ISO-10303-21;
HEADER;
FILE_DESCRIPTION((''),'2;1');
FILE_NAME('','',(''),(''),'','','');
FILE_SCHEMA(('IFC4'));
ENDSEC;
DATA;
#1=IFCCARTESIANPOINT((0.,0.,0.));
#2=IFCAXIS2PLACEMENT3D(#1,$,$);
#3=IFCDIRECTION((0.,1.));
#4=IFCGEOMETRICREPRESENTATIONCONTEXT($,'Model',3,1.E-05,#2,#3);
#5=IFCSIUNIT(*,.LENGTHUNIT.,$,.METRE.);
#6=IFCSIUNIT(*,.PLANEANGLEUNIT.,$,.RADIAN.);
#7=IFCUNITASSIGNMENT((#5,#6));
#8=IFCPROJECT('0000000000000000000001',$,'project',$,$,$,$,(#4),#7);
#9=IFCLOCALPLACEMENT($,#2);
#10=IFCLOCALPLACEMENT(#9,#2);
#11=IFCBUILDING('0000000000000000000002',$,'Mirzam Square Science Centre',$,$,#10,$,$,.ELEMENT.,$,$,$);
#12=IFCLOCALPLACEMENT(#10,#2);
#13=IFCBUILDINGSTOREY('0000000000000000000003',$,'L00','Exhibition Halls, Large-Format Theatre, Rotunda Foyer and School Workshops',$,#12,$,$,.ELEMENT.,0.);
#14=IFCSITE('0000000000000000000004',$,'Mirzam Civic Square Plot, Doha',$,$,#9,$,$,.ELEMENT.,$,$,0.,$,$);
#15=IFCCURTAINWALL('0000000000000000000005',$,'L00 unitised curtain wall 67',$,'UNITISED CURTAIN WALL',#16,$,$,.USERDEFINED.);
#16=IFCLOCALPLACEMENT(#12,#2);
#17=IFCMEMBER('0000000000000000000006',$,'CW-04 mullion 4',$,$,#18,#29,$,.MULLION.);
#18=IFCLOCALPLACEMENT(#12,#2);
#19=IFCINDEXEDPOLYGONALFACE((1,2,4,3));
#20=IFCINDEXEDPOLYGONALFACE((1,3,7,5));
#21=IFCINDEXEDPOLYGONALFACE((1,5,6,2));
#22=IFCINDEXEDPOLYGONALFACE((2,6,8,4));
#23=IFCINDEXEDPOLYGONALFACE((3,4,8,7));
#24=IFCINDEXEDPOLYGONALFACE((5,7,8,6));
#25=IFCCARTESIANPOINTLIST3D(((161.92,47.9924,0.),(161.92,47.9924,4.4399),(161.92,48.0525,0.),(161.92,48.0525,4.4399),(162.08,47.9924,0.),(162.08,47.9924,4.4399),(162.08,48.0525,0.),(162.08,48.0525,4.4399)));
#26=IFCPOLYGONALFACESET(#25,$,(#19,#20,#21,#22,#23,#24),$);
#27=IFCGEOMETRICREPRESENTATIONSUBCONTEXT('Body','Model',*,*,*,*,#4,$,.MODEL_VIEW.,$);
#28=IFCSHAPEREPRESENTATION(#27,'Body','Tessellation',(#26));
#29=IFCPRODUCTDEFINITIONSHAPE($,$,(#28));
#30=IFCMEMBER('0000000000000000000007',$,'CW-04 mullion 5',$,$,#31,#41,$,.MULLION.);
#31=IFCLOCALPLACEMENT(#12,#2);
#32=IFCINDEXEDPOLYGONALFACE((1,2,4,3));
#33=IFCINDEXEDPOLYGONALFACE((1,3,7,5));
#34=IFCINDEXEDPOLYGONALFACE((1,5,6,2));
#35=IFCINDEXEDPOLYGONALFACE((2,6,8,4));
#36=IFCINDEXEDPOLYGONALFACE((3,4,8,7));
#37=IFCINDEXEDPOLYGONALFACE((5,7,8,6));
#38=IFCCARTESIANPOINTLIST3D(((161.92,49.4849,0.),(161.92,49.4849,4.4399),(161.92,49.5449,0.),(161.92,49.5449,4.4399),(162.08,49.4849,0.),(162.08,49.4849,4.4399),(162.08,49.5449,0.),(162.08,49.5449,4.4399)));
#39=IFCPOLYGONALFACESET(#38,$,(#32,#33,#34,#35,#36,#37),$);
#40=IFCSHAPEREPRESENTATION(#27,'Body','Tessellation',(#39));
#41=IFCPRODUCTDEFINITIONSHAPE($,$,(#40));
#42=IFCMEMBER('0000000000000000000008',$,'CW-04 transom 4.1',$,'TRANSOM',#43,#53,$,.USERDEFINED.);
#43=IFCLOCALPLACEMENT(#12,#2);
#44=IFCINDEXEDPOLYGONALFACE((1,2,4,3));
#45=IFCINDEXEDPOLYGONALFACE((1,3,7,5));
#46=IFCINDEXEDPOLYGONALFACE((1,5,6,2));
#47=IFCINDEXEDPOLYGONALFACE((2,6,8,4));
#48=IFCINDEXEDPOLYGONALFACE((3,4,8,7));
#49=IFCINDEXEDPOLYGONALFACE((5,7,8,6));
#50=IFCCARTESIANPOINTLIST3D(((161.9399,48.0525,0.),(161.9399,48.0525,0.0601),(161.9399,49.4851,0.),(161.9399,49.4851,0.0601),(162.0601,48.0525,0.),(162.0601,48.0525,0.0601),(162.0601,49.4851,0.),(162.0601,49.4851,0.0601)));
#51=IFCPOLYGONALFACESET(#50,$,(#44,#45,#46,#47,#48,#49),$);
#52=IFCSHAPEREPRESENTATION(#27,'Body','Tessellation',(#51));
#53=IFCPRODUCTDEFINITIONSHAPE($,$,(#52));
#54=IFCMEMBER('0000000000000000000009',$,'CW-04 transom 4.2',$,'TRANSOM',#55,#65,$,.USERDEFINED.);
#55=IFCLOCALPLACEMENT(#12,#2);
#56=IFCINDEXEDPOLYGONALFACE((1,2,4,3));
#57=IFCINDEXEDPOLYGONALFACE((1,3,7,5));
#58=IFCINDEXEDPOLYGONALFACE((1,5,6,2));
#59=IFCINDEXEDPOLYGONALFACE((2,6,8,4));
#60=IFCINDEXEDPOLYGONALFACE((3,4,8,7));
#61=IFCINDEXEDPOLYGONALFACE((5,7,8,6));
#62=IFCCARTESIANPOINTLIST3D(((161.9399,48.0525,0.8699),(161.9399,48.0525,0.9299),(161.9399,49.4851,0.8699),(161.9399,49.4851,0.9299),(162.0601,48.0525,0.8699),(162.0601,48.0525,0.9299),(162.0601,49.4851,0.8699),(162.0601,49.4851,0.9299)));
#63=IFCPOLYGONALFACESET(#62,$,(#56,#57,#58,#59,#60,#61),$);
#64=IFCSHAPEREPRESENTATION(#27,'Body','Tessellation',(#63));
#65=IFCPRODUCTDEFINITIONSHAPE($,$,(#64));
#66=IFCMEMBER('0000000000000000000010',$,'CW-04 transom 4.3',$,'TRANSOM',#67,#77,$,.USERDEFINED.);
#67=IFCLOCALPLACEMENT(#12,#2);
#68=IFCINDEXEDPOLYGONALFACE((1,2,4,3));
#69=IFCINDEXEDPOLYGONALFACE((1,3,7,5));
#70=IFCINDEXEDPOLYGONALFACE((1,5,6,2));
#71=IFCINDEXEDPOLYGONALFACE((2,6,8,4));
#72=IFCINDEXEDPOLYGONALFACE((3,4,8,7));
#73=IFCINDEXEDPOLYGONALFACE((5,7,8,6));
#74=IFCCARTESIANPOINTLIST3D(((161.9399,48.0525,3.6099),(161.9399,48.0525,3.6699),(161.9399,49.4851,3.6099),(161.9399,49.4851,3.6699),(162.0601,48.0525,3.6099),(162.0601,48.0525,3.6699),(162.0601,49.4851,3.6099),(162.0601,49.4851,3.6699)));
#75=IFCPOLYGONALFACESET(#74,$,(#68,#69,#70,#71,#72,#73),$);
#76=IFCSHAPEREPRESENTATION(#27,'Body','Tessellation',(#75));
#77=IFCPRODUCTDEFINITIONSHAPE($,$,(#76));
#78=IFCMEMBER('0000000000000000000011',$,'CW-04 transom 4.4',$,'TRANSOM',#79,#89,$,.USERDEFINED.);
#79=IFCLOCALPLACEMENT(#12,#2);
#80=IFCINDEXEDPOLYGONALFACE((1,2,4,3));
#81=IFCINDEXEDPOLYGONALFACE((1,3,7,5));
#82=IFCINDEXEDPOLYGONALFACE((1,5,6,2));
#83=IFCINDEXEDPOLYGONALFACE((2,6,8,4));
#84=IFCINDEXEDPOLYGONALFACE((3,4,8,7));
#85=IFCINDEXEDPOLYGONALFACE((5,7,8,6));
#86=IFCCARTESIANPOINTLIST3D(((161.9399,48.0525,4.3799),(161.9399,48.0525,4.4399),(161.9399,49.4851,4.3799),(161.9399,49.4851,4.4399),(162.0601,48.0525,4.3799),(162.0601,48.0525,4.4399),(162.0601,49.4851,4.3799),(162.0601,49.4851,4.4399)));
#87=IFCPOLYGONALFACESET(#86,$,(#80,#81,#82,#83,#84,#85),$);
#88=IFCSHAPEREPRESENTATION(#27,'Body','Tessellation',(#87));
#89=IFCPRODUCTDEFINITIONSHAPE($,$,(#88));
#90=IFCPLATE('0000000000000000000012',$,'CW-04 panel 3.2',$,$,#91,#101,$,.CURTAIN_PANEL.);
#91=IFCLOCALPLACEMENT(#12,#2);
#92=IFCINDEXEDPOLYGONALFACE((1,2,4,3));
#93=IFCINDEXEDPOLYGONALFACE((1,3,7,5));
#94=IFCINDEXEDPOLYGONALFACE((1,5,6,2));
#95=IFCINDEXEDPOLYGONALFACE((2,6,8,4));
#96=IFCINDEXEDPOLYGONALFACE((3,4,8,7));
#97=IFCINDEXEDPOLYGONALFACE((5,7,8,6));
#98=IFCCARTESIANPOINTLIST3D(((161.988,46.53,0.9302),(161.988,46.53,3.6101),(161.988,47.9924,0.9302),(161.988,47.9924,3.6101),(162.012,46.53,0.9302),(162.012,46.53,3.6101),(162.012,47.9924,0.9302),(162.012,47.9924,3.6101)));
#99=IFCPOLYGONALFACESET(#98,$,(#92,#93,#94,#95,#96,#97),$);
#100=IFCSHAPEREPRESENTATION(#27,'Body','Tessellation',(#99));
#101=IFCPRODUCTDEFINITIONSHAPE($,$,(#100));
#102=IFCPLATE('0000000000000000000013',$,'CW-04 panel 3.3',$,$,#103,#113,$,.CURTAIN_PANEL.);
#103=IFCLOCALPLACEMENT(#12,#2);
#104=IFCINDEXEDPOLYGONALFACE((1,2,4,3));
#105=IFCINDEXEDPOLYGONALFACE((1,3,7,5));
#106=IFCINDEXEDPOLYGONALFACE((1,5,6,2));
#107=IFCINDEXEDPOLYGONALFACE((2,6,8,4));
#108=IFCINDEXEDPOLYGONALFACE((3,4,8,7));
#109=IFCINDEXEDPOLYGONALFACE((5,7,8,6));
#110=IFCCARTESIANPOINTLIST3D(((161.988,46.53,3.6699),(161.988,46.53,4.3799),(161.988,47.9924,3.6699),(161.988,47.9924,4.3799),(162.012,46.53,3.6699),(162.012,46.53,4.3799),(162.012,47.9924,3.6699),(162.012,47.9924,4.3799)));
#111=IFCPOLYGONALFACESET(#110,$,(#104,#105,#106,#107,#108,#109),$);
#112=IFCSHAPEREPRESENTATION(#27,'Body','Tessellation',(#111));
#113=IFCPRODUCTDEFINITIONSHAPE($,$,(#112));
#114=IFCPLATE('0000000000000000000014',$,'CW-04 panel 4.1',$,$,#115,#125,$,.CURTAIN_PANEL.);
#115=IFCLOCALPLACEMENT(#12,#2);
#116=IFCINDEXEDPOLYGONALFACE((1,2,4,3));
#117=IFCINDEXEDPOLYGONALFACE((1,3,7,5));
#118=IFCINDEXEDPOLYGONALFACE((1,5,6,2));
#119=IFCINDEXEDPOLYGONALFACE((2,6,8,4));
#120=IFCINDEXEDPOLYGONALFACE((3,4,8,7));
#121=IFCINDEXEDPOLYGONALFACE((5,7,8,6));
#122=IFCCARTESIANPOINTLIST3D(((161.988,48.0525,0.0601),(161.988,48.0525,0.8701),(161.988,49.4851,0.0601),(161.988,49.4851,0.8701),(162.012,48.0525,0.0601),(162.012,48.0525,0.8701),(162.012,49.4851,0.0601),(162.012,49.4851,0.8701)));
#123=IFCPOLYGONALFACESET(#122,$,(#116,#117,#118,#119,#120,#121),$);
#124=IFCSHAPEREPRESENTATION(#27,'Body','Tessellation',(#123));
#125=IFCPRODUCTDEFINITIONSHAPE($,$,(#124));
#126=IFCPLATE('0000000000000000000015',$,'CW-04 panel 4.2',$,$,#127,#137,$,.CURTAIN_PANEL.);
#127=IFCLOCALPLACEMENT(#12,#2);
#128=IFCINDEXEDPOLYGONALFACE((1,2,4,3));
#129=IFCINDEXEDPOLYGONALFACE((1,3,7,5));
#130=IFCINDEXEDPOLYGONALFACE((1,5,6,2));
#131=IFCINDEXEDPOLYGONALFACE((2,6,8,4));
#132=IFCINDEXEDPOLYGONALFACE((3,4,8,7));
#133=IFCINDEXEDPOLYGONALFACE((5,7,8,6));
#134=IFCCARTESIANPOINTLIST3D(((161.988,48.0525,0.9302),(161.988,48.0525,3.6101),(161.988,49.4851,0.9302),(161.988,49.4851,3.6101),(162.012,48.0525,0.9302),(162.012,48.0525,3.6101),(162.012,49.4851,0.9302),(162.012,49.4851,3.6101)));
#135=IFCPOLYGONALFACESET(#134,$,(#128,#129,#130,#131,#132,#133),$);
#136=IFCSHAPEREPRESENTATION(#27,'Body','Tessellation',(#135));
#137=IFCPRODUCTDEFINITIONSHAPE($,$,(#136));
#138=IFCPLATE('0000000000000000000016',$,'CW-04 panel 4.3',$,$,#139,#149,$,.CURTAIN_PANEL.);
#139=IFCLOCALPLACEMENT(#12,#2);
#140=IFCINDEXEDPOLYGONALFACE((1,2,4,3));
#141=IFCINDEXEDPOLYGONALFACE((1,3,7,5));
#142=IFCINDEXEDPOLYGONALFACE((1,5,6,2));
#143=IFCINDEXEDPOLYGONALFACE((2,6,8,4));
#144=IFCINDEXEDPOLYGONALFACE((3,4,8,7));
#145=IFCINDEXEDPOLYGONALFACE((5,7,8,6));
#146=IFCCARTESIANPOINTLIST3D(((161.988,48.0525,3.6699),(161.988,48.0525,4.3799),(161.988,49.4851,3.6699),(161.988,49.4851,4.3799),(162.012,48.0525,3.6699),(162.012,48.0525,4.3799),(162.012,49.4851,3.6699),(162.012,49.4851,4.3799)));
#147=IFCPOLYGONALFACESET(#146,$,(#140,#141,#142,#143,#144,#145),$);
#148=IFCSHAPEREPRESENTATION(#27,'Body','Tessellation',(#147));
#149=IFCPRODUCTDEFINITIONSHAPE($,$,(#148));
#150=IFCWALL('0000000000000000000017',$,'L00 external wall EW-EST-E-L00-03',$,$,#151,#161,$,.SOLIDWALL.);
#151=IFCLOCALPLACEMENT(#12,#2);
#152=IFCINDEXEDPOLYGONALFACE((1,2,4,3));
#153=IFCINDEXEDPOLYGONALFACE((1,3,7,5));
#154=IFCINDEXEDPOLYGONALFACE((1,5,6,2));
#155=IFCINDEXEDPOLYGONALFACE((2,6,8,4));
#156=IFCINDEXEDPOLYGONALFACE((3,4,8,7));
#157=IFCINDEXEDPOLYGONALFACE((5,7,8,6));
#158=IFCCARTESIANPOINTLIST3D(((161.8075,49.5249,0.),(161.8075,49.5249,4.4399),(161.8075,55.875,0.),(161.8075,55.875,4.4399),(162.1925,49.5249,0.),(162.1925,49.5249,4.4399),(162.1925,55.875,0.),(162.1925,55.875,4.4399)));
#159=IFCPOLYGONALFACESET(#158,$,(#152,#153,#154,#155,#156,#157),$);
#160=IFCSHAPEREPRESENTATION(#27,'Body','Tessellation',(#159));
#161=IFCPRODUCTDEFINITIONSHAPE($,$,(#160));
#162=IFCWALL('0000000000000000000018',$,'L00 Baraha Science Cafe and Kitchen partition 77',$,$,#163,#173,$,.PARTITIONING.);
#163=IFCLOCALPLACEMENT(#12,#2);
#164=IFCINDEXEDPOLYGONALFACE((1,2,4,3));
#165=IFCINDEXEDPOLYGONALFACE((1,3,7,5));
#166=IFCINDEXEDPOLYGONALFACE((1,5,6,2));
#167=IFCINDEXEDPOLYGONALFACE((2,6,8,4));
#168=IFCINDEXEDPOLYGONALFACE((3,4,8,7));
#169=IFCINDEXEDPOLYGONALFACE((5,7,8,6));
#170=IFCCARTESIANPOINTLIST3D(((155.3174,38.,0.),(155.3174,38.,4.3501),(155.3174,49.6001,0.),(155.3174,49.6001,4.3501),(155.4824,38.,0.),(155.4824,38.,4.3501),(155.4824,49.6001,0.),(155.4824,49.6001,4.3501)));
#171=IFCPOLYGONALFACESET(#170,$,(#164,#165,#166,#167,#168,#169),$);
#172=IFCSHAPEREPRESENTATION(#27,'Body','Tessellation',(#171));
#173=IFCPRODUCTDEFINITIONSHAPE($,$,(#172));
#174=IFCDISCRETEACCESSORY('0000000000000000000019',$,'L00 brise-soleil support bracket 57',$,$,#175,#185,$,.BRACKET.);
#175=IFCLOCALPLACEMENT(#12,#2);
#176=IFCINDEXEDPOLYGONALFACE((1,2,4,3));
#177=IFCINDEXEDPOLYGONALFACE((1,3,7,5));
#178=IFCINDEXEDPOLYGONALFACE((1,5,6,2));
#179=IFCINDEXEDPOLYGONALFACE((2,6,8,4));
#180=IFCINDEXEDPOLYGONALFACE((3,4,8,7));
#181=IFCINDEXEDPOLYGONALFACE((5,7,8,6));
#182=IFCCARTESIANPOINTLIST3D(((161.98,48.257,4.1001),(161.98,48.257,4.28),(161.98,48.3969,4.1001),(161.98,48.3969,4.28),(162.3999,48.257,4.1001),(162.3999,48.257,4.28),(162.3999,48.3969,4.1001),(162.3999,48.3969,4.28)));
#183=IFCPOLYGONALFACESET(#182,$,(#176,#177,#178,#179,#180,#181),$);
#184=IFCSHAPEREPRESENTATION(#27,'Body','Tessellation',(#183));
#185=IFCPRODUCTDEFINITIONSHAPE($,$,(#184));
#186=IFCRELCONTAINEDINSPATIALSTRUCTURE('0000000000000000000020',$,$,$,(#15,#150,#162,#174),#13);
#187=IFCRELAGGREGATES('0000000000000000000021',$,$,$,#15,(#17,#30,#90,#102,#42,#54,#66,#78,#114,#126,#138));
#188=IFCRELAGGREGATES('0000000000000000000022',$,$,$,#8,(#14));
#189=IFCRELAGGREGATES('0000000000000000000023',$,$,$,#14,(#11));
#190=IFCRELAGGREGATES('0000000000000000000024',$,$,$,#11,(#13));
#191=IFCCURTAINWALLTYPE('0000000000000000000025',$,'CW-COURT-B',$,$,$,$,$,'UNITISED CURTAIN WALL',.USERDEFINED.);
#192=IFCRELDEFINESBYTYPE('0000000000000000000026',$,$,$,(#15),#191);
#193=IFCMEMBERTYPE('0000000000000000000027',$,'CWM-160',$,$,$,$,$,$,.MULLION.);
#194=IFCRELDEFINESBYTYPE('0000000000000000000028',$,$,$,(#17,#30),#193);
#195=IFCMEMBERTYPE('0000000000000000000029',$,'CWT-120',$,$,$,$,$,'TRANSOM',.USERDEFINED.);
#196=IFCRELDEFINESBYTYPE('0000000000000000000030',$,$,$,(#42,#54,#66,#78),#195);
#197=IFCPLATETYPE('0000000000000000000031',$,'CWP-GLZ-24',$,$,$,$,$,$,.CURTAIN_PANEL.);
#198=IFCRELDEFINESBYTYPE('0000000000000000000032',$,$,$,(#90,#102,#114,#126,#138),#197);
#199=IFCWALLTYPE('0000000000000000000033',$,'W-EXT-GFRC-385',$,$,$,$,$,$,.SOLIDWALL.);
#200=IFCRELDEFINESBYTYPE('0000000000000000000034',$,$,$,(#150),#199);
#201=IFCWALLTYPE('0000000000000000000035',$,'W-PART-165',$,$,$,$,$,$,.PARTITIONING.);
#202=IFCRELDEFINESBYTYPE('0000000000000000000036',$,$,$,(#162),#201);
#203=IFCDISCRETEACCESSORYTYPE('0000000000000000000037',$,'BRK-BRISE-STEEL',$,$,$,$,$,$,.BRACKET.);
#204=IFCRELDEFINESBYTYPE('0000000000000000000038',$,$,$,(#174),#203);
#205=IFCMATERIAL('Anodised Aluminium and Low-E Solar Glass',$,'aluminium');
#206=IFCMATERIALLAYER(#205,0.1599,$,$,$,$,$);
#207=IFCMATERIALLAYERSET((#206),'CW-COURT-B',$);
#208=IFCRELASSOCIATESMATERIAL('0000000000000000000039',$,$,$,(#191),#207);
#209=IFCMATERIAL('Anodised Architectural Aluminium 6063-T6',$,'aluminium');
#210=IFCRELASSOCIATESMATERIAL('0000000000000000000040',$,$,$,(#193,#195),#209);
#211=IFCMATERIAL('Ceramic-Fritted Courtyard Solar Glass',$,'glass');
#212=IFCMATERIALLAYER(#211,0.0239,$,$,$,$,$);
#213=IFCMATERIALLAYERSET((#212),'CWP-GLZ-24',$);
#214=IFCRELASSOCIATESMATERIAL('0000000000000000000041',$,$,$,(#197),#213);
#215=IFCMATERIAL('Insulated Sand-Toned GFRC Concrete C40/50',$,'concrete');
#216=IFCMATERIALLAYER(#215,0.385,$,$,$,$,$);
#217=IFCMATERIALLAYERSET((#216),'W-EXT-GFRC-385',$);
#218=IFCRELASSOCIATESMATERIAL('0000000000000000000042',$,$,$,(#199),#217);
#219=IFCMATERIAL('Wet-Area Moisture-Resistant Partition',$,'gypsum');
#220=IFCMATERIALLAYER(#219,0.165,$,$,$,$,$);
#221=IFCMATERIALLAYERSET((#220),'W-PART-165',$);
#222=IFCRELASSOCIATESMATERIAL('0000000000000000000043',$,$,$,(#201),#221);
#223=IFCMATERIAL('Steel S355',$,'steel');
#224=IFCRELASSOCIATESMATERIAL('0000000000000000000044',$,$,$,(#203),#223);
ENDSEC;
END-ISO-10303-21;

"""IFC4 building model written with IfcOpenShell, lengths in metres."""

from ifc_helpers import new_model, si_unit, direction, frame, frame_2d, origin, origin_2d, place, context, subcontext, project, spatial, rectangle, extrude, material, layer, layer_set, material_profile, profile_set, type_object, element, aggregate, save


model = new_model("IFC4")

# Units and contexts
model_context = context("Model", 3, precision=1e-05, world=origin(), true_north=direction((0.0, 1.0)))
body_context = subcontext(model_context, "Body", "Model", "MODEL_VIEW")
ifc_project = project(units=[si_unit("LENGTHUNIT", "METRE"), si_unit("PLANEANGLEUNIT", "RADIAN")], contexts=[model_context])

# Site, building, storey
site_placement = place(None, origin())
site = spatial("IfcSite", under=ifc_project, at=site_placement, Name="Mirzam Civic Square Plot, Doha", CompositionType="ELEMENT", RefElevation=0.0)
building_placement = place(site_placement, origin())
building = spatial("IfcBuilding", under=site, at=building_placement, Name="Mirzam Square Science Centre", CompositionType="ELEMENT")
storey_placement = place(building_placement, origin())
storey = spatial("IfcBuildingStorey", under=building, at=storey_placement, Name="L00", Description="Exhibition Halls, Large-Format Theatre, Rotunda Foyer and School Workshops", CompositionType="ELEMENT", Elevation=0.0)

# Shared definitions
ifc_material_1 = material(Name="Steel S355", Category="steel")

# Curtain wall, members, plates
ifc_material_2 = material(Name="Anodised Aluminium and Low-E Solar Glass", Category="aluminium")
ifc_layer_1 = layer(ifc_material_2, 0.1599)
ifc_layer_set_1 = layer_set([ifc_layer_1], Name="CW-COURT-B")
curtain_wall_type = type_object("IfcCurtainWallType", Name="CW-COURT-B", ElementType="UNITISED CURTAIN WALL", PredefinedType="USERDEFINED", material=ifc_layer_set_1)
curtain_wall_placement = place(storey_placement, origin())
curtain_wall = element("IfcCurtainWall", 1, at=curtain_wall_placement, inside=storey, type_object=curtain_wall_type, Name="L00 unitised curtain wall 67", ObjectType="UNITISED CURTAIN WALL", PredefinedType="USERDEFINED")
ifc_material_3 = material(Name="Anodised Architectural Aluminium 6063-T6", Category="aluminium")
ifc_material_profile_1 = material_profile(ifc_material_3, rectangle(XDim=0.0601, YDim=0.1599, at=origin_2d()), Name="ALU-MULL-160x60x4")
ifc_profile_set_1 = profile_set([ifc_material_profile_1], Name="Anodised Architectural Aluminium 6063-T6")
member_type_1 = type_object("IfcMemberType", Name="CWM-160", PredefinedType="MULLION", material=ifc_profile_set_1)
member_1_placement = place(storey_placement, frame((162.0, 48.0225, 0.0), z_axis=(0.0, 0.0, 1.0), x_axis=(0.0, 1.0, 0.0)))
member_1 = element("IfcMember", 2, at=member_1_placement, type_object=member_type_1, Name="CW-04 mullion 4", PredefinedType="MULLION", context=body_context, shape_type="SweptSolid", body=[
    extrude(rectangle(XDim=0.0601, YDim=0.1599, at=origin_2d()), origin(), (0.0, 0.0, 1.0), 4.4399),
])
member_2_placement = place(storey_placement, frame((162.0, 49.5149, 0.0), z_axis=(0.0, 0.0, 1.0), x_axis=(0.0, 1.0, 0.0)))
member_2 = element("IfcMember", 3, at=member_2_placement, type_object=member_type_1, Name="CW-04 mullion 5", PredefinedType="MULLION", context=body_context, shape_type="SweptSolid", body=[
    extrude(rectangle(XDim=0.0601, YDim=0.1599, at=origin_2d()), origin(), (0.0, 0.0, 1.0), 4.4399),
])
ifc_material_profile_2 = material_profile(ifc_material_3, rectangle(XDim=0.1201, YDim=0.0601, at=origin_2d()), Name="ALU-TRAN-120x60x4")
ifc_profile_set_2 = profile_set([ifc_material_profile_2], Name="Anodised Architectural Aluminium 6063-T6")
member_type_2 = type_object("IfcMemberType", Name="CWT-120", ElementType="TRANSOM", PredefinedType="USERDEFINED", material=ifc_profile_set_2)
member_3_placement = place(storey_placement, frame((162.0, 48.0525, 0.03), z_axis=(0.0, 1.0, 0.0), x_axis=(-1.0, 0.0, 0.0)))
member_3 = element("IfcMember", 4, at=member_3_placement, type_object=member_type_2, Name="CW-04 transom 4.1", ObjectType="TRANSOM", PredefinedType="USERDEFINED", context=body_context, shape_type="SweptSolid", body=[
    extrude(rectangle(XDim=0.1201, YDim=0.0601, at=origin_2d()), origin(), (0.0, 0.0, 1.0), 1.4326),
])
member_4_placement = place(storey_placement, frame((162.0, 48.0525, 0.8999), z_axis=(0.0, 1.0, 0.0), x_axis=(-1.0, 0.0, 0.0)))
member_4 = element("IfcMember", 5, at=member_4_placement, type_object=member_type_2, Name="CW-04 transom 4.2", ObjectType="TRANSOM", PredefinedType="USERDEFINED", context=body_context, shape_type="SweptSolid", body=[
    extrude(rectangle(XDim=0.1201, YDim=0.0601, at=origin_2d()), origin(), (0.0, 0.0, 1.0), 1.4326),
])
member_5_placement = place(storey_placement, frame((162.0, 48.0525, 3.6399), z_axis=(0.0, 1.0, 0.0), x_axis=(-1.0, 0.0, 0.0)))
member_5 = element("IfcMember", 6, at=member_5_placement, type_object=member_type_2, Name="CW-04 transom 4.3", ObjectType="TRANSOM", PredefinedType="USERDEFINED", context=body_context, shape_type="SweptSolid", body=[
    extrude(rectangle(XDim=0.1201, YDim=0.0601, at=origin_2d()), origin(), (0.0, 0.0, 1.0), 1.4326),
])
member_6_placement = place(storey_placement, frame((162.0, 48.0525, 4.4099), z_axis=(0.0, 1.0, 0.0), x_axis=(-1.0, 0.0, 0.0)))
member_6 = element("IfcMember", 7, at=member_6_placement, type_object=member_type_2, Name="CW-04 transom 4.4", ObjectType="TRANSOM", PredefinedType="USERDEFINED", context=body_context, shape_type="SweptSolid", body=[
    extrude(rectangle(XDim=0.1201, YDim=0.0601, at=origin_2d()), origin(), (0.0, 0.0, 1.0), 1.4326),
])
ifc_material_4 = material(Name="Ceramic-Fritted Courtyard Solar Glass", Category="glass")
ifc_layer_2 = layer(ifc_material_4, 0.0239)
ifc_layer_set_2 = layer_set([ifc_layer_2], Name="CWP-GLZ-24")
plate_type = type_object("IfcPlateType", Name="CWP-GLZ-24", PredefinedType="CURTAIN_PANEL", material=ifc_layer_set_2)
plate_1_placement = place(storey_placement, frame((162.0, 47.2612, 0.9302), z_axis=(0.0, 0.0, 1.0), x_axis=(0.0, 1.0, 0.0)))
plate_1 = element("IfcPlate", 8, at=plate_1_placement, type_object=plate_type, Name="CW-04 panel 3.2", PredefinedType="CURTAIN_PANEL", context=body_context, shape_type="SweptSolid", body=[
    extrude(rectangle(XDim=1.4624, YDim=0.0239, at=origin_2d()), origin(), (0.0, 0.0, 1.0), 2.6799),
])
plate_2_placement = place(storey_placement, frame((162.0, 47.2612, 3.6699), z_axis=(0.0, 0.0, 1.0), x_axis=(0.0, 1.0, 0.0)))
plate_2 = element("IfcPlate", 9, at=plate_2_placement, type_object=plate_type, Name="CW-04 panel 3.3", PredefinedType="CURTAIN_PANEL", context=body_context, shape_type="SweptSolid", body=[
    extrude(rectangle(XDim=1.4624, YDim=0.0239, at=origin_2d()), origin(), (0.0, 0.0, 1.0), 0.71),
])
plate_3_placement = place(storey_placement, frame((162.0, 48.7688, 0.0601), z_axis=(0.0, 0.0, 1.0), x_axis=(0.0, 1.0, 0.0)))
plate_3 = element("IfcPlate", 10, at=plate_3_placement, type_object=plate_type, Name="CW-04 panel 4.1", PredefinedType="CURTAIN_PANEL", context=body_context, shape_type="SweptSolid", body=[
    extrude(rectangle(XDim=1.4326, YDim=0.0239, at=origin_2d()), origin(), (0.0, 0.0, 1.0), 0.8101),
])
plate_4_placement = place(storey_placement, frame((162.0, 48.7688, 0.9302), z_axis=(0.0, 0.0, 1.0), x_axis=(0.0, 1.0, 0.0)))
plate_4 = element("IfcPlate", 11, at=plate_4_placement, type_object=plate_type, Name="CW-04 panel 4.2", PredefinedType="CURTAIN_PANEL", context=body_context, shape_type="SweptSolid", body=[
    extrude(rectangle(XDim=1.4326, YDim=0.0239, at=origin_2d()), origin(), (0.0, 0.0, 1.0), 2.6799),
])
plate_5_placement = place(storey_placement, frame((162.0, 48.7688, 3.6699), z_axis=(0.0, 0.0, 1.0), x_axis=(0.0, 1.0, 0.0)))
plate_5 = element("IfcPlate", 12, at=plate_5_placement, type_object=plate_type, Name="CW-04 panel 4.3", PredefinedType="CURTAIN_PANEL", context=body_context, shape_type="SweptSolid", body=[
    extrude(rectangle(XDim=1.4326, YDim=0.0239, at=origin_2d()), origin(), (0.0, 0.0, 1.0), 0.71),
])
aggregate(curtain_wall, [member_1, member_2, plate_1, plate_2, member_3, member_4, member_5, member_6, plate_3, plate_4, plate_5])

# Walls
ifc_material_5 = material(Name="Insulated Sand-Toned GFRC Concrete C40/50", Category="concrete")
ifc_layer_3 = layer(ifc_material_5, 0.385)
ifc_layer_set_3 = layer_set([ifc_layer_3], Name="W-EXT-GFRC-385")
wall_type_1 = type_object("IfcWallType", Name="W-EXT-GFRC-385", PredefinedType="SOLIDWALL", material=ifc_layer_set_3)
wall_1_placement = place(storey_placement, frame((162.0, 49.5249, 0.0), z_axis=(0.0, 0.0, 1.0), x_axis=(0.0, 1.0, 0.0)))
element("IfcWall", 13, at=wall_1_placement, inside=storey, type_object=wall_type_1, Name="L00 external wall EW-EST-E-L00-03", PredefinedType="SOLIDWALL", context=body_context, shape_type="SweptSolid", body=[
    extrude(rectangle(XDim=6.3501, YDim=0.385, at=frame_2d((3.175, 0.0))), origin(), (0.0, 0.0, 1.0), 4.4399),
])
ifc_material_6 = material(Name="Wet-Area Moisture-Resistant Partition", Category="gypsum")
ifc_layer_4 = layer(ifc_material_6, 0.165)
ifc_layer_set_4 = layer_set([ifc_layer_4], Name="W-PART-165")
wall_type_2 = type_object("IfcWallType", Name="W-PART-165", PredefinedType="PARTITIONING", material=ifc_layer_set_4)
wall_2_placement = place(storey_placement, frame((155.3999, 49.6001, 0.0), z_axis=(0.0, 0.0, 1.0), x_axis=(0.0, -1.0, 0.0)))
element("IfcWall", 14, at=wall_2_placement, inside=storey, type_object=wall_type_2, Name="L00 Baraha Science Cafe and Kitchen partition 77", PredefinedType="PARTITIONING", context=body_context, shape_type="SweptSolid", body=[
    extrude(rectangle(XDim=11.6001, YDim=0.165, at=frame_2d((5.8, 0.0))), origin(), (0.0, 0.0, 1.0), 4.3501),
])

# Discrete accessory
discrete_accessory_type = type_object("IfcDiscreteAccessoryType", Name="BRK-BRISE-STEEL", PredefinedType="BRACKET", material=ifc_material_1)
discrete_accessory_placement = place(storey_placement, frame((162.1899, 48.3269, 4.1001), z_axis=(0.0, 0.0, 1.0), x_axis=(0.0, 1.0, 0.0)))
element("IfcDiscreteAccessory", 15, at=discrete_accessory_placement, inside=storey, type_object=discrete_accessory_type, Name="L00 brise-soleil support bracket 57", PredefinedType="BRACKET", context=body_context, shape_type="SweptSolid", body=[
    extrude(rectangle(XDim=0.1399, YDim=0.4199, at=origin_2d()), origin(), (0.0, 0.0, 1.0), 0.1799),
])

save(model, "model.ifc")
